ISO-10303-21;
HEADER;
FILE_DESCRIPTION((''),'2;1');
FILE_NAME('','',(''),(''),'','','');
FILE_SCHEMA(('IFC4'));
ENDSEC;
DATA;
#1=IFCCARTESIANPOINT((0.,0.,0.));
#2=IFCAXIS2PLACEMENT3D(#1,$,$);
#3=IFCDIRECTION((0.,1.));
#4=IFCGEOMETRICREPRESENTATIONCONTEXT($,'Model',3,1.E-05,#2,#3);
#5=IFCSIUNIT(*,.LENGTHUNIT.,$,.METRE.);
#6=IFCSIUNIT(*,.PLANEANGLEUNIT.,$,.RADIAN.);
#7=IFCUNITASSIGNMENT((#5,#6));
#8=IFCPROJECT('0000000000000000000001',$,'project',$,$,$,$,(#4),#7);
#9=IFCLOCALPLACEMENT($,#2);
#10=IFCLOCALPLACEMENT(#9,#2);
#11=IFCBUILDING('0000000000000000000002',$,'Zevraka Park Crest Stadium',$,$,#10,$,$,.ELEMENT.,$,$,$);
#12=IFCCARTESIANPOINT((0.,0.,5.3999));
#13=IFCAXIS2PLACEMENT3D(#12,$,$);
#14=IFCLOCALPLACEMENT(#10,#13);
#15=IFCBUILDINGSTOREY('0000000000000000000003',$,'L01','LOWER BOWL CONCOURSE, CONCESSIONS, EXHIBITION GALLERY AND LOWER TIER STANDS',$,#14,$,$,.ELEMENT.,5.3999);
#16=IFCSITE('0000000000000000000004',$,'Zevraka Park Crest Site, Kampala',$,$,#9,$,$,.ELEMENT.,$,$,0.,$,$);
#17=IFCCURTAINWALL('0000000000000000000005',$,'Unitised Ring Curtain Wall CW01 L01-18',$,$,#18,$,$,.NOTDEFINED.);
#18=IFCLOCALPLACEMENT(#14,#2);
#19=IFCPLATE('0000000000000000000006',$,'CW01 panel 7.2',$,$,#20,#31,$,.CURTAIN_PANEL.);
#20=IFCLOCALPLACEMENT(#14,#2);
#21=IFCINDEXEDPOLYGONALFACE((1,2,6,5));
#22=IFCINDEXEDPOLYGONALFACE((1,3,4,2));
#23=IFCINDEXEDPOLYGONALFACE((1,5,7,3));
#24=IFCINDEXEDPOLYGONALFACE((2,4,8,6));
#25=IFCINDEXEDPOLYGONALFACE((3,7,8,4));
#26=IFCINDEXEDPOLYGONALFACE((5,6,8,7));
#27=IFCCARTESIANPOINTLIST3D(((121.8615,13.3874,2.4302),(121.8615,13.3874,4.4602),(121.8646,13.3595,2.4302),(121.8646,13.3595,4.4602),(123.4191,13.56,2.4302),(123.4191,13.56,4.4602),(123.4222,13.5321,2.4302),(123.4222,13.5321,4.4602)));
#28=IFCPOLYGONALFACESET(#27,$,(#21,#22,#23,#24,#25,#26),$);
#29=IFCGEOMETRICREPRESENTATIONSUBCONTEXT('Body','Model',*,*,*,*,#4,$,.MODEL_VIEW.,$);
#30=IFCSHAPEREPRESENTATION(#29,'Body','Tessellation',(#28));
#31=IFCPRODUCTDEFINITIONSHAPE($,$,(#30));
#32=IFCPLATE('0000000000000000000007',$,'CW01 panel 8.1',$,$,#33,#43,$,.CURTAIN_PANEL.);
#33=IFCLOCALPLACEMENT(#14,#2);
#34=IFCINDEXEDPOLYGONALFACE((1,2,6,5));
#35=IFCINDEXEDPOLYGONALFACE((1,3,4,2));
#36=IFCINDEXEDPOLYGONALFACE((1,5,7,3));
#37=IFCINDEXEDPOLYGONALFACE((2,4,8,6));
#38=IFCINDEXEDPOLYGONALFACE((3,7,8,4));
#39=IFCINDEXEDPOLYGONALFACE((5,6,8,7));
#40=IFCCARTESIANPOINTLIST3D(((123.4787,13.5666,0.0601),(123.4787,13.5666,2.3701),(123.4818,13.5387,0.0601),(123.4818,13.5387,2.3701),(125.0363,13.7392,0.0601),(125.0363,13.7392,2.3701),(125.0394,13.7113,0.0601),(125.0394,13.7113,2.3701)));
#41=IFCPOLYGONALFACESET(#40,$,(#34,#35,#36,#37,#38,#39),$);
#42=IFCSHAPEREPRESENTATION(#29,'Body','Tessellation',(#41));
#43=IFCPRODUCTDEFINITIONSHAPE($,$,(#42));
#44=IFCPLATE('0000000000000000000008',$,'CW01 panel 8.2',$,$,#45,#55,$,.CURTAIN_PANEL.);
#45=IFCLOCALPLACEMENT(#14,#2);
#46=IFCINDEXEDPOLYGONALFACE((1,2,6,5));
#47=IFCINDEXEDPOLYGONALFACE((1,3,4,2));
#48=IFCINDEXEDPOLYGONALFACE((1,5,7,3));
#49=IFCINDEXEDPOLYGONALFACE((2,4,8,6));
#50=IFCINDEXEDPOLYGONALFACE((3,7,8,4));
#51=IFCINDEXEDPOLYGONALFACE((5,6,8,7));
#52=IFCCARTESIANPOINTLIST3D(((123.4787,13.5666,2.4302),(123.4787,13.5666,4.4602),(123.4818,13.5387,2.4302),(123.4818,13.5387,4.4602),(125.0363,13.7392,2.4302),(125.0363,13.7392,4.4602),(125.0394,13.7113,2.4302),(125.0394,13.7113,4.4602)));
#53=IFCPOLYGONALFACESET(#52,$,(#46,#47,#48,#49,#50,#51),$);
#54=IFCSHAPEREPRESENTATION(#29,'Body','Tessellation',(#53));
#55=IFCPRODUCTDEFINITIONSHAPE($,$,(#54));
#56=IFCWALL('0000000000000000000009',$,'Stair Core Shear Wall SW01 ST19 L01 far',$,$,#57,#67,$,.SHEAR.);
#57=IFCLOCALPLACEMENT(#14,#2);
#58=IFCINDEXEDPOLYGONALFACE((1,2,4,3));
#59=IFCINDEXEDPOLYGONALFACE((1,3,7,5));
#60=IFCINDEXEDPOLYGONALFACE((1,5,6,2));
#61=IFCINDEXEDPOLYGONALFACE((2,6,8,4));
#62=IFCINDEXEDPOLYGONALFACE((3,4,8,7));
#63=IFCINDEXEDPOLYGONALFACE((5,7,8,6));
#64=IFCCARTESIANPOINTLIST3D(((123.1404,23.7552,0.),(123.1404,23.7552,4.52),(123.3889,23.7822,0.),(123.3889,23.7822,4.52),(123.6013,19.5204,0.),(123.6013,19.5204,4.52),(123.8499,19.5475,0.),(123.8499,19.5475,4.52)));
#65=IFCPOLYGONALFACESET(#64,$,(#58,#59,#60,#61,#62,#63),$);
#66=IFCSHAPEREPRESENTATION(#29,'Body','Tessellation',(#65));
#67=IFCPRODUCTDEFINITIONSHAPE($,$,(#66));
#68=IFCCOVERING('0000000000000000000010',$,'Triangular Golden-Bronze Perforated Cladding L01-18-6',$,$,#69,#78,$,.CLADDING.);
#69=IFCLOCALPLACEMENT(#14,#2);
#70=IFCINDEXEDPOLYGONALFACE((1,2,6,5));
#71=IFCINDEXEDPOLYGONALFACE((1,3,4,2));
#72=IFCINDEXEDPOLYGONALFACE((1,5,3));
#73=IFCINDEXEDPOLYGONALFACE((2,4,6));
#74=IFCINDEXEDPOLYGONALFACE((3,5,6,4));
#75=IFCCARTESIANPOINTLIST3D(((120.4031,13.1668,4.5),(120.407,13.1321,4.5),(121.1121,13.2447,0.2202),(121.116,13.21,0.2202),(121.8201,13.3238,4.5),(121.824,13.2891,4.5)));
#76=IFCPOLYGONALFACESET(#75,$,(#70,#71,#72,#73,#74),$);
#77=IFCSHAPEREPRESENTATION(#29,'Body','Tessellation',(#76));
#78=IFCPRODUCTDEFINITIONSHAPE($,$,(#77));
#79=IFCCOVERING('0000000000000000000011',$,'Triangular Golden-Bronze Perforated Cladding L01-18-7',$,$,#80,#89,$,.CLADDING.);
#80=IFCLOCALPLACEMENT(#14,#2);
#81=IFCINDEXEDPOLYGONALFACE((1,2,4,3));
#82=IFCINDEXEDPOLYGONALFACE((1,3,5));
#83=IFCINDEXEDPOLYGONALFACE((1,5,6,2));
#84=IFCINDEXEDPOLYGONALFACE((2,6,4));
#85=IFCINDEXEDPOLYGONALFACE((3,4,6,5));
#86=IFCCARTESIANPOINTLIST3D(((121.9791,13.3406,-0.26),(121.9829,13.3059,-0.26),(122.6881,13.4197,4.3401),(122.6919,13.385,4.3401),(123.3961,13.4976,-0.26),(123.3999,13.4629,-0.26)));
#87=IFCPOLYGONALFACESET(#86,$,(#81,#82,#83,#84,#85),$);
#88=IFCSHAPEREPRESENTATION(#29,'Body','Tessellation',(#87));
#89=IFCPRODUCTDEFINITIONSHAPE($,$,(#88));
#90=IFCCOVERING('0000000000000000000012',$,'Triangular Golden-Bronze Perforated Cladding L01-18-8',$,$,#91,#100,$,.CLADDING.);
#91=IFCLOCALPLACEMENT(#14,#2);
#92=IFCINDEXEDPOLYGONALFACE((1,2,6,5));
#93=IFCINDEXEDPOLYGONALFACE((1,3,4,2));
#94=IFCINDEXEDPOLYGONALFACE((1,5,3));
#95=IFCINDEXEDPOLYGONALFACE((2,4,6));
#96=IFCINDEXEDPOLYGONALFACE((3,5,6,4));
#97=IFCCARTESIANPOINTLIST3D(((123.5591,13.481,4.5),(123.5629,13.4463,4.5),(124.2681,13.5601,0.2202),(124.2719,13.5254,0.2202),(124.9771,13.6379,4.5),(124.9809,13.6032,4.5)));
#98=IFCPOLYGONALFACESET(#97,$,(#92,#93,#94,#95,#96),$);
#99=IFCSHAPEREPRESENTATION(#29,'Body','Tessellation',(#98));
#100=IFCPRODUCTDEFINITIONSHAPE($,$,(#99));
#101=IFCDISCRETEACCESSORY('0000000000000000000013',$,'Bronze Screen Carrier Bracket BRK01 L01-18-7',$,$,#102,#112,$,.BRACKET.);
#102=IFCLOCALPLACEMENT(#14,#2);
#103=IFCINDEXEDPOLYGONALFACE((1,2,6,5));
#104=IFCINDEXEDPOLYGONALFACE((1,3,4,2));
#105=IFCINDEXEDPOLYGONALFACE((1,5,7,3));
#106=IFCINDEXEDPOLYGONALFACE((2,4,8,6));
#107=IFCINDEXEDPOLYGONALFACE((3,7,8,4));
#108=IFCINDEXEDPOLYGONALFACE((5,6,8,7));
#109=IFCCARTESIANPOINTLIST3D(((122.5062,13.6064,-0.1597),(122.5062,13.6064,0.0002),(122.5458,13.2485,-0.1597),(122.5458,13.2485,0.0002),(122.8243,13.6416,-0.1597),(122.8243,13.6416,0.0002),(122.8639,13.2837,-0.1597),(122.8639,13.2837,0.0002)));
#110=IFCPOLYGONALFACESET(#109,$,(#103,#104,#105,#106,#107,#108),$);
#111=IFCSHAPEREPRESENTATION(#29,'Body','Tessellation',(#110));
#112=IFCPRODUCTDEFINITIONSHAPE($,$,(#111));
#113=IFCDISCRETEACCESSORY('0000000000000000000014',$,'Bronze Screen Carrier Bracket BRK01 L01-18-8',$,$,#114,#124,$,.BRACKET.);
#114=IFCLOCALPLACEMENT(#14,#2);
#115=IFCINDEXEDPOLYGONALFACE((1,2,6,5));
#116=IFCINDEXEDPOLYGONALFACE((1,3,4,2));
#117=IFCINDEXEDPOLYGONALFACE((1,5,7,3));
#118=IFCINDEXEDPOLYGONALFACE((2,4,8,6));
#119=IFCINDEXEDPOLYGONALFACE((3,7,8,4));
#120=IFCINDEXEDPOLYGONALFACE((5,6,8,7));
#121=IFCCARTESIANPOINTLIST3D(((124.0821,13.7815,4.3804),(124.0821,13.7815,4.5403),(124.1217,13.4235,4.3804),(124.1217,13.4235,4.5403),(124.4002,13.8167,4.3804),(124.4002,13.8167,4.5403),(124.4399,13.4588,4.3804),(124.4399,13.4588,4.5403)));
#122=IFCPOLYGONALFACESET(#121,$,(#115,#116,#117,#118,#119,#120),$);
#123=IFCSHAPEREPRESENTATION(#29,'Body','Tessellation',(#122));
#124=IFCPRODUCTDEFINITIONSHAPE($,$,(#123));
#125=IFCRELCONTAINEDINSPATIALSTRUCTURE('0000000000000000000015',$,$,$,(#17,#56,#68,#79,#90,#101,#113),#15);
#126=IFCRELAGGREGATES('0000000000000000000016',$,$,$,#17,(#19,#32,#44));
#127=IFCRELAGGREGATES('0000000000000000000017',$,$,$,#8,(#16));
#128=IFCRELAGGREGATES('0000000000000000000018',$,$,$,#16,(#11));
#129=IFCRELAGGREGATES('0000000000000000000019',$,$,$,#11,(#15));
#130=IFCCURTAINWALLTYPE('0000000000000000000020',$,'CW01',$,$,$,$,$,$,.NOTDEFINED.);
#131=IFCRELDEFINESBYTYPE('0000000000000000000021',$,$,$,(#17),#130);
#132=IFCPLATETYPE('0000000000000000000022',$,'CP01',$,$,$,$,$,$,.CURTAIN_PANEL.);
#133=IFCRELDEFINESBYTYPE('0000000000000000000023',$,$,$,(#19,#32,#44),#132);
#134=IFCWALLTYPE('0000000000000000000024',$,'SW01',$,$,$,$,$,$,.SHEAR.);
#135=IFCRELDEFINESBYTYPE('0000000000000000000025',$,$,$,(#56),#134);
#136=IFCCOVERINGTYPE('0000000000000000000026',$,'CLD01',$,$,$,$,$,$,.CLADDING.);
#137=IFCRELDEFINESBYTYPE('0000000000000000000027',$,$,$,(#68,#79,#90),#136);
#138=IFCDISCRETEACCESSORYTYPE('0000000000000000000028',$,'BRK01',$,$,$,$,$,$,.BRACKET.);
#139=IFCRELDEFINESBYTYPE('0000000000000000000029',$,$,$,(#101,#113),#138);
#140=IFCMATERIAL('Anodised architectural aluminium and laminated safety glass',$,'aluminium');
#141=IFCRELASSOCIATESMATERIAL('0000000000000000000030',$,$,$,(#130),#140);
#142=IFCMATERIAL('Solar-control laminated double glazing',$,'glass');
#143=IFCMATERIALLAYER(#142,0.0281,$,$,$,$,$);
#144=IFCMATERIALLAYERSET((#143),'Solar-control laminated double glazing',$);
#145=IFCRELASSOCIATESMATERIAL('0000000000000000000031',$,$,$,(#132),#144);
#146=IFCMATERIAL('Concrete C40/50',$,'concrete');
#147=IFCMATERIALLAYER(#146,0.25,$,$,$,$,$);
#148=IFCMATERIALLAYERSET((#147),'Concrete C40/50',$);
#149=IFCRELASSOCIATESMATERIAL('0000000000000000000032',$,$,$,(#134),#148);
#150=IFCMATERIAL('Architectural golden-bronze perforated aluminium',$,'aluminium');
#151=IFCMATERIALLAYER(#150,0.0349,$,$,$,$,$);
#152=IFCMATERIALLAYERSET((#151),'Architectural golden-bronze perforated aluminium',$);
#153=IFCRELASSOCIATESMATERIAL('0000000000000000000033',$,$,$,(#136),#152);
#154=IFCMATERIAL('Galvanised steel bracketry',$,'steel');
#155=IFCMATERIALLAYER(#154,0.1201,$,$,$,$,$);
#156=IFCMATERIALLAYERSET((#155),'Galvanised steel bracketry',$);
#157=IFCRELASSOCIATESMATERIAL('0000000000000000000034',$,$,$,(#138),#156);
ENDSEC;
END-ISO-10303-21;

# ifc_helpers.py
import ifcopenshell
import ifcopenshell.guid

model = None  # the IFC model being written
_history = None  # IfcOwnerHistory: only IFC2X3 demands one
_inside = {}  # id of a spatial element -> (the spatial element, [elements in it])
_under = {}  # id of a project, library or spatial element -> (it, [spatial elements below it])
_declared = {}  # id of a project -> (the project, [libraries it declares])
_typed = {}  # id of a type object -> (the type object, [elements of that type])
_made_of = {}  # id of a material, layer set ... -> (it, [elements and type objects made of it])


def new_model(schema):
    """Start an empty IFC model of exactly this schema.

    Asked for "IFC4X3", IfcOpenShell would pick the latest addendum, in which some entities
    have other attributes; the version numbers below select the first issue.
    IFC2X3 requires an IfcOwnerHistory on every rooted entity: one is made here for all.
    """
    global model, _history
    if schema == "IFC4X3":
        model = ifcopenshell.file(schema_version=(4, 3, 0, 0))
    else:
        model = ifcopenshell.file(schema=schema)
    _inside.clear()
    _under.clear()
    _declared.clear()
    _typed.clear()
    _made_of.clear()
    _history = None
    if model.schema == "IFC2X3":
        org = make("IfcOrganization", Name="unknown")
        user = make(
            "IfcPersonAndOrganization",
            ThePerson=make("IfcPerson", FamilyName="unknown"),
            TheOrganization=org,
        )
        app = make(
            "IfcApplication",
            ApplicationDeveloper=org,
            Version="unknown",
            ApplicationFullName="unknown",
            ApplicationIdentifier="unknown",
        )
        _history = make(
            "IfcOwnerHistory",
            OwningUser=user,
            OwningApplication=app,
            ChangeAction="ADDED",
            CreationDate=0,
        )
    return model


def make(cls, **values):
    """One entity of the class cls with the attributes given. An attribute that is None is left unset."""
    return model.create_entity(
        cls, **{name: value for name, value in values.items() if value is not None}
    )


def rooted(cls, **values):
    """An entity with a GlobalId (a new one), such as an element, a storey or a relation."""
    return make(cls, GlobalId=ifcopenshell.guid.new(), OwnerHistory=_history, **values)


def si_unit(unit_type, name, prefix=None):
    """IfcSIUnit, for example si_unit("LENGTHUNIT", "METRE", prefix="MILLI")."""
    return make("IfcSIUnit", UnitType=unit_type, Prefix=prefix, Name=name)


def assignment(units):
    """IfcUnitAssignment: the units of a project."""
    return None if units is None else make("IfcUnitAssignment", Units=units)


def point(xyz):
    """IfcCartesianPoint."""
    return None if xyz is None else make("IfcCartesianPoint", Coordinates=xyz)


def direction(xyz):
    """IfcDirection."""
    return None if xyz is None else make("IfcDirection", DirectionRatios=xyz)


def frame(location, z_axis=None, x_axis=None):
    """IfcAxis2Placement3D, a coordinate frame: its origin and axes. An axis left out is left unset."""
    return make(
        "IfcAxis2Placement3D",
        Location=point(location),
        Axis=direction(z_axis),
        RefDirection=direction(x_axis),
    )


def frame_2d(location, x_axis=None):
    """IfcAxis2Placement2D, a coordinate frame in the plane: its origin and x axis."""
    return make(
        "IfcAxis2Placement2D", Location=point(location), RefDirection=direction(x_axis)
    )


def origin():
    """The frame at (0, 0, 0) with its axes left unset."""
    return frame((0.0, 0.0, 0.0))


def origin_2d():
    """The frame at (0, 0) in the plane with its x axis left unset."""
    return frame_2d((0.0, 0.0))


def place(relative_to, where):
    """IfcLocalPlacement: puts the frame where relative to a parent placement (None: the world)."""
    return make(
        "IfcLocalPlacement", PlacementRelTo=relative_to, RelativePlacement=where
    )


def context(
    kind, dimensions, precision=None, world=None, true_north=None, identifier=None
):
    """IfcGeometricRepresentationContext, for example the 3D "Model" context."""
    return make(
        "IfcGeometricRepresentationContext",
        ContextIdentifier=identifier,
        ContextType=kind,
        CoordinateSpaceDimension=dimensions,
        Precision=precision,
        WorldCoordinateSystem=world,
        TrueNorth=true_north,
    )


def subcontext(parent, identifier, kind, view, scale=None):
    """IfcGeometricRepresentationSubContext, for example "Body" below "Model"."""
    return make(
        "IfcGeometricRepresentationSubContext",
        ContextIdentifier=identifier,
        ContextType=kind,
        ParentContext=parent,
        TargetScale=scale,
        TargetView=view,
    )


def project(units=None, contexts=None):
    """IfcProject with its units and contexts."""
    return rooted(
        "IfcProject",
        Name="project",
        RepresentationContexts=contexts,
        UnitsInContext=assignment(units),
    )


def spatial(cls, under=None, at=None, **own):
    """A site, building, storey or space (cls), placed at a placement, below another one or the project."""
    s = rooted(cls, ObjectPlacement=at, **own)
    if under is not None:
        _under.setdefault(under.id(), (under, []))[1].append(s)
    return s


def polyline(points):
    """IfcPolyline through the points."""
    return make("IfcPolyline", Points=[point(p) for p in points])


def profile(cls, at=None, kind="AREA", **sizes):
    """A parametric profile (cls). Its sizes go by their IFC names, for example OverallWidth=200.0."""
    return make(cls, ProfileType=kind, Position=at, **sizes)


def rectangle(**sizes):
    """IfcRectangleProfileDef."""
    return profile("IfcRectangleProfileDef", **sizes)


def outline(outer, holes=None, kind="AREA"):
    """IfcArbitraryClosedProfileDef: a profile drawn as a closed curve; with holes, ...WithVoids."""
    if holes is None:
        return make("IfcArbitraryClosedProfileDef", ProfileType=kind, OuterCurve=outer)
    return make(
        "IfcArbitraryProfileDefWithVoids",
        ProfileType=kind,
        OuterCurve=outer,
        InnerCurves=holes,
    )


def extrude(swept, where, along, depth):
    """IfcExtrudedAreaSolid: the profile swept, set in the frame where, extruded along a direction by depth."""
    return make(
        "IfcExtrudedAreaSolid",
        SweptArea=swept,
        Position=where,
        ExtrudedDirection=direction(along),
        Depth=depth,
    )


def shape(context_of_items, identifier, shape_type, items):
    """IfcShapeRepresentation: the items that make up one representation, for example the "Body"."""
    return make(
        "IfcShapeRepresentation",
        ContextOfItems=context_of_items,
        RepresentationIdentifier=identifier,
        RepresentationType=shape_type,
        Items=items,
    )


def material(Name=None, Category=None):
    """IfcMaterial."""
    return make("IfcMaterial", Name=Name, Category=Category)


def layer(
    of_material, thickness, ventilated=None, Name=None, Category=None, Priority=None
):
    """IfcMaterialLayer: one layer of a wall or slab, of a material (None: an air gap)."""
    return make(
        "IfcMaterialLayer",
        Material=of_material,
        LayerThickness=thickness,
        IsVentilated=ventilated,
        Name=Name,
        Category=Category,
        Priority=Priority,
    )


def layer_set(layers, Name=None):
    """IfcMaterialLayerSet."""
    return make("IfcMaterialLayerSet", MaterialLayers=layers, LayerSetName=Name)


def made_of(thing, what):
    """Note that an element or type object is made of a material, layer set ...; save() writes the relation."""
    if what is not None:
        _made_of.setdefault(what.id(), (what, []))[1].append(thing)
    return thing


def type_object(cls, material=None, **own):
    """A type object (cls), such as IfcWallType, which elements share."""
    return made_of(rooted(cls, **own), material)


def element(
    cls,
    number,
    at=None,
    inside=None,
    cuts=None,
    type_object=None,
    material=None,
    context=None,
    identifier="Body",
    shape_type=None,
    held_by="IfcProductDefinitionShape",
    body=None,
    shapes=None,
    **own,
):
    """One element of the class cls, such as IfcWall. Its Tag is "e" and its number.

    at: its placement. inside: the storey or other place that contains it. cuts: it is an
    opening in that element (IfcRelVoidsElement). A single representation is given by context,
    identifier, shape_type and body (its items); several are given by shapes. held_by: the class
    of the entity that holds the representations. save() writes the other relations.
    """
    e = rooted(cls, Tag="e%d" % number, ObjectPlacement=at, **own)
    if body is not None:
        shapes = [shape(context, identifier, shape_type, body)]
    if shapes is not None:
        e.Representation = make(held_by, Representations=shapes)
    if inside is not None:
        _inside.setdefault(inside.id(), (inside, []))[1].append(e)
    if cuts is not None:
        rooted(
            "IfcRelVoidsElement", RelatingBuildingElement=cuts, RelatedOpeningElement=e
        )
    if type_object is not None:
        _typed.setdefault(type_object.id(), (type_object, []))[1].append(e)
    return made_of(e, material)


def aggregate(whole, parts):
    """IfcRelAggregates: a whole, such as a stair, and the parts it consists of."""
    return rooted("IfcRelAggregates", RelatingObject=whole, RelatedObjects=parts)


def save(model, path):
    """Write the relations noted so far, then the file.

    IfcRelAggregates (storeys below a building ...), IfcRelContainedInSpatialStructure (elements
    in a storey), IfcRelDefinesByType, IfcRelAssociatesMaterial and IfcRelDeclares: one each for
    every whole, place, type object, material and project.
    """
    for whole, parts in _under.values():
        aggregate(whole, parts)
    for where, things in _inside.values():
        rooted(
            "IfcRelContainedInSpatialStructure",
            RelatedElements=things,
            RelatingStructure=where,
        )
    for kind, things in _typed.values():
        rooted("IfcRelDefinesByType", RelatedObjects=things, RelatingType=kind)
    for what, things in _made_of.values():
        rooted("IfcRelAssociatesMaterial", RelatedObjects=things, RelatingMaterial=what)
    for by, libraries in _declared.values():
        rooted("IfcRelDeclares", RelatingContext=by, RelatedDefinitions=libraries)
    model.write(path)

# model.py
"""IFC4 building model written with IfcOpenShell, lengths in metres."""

from ifc_helpers import new_model, si_unit, direction, frame, frame_2d, origin, origin_2d, place, context, subcontext, project, spatial, polyline, rectangle, outline, extrude, material, layer, layer_set, type_object, element, aggregate, save


model = new_model("IFC4")

# Units and contexts
model_context = context("Model", 3, precision=1e-05, world=origin(), true_north=direction((0.0, 1.0)))
body_context = subcontext(model_context, "Body", "Model", "MODEL_VIEW")
ifc_project = project(units=[si_unit("LENGTHUNIT", "METRE"), si_unit("PLANEANGLEUNIT", "RADIAN")], contexts=[model_context])

# Site, building, storey
site_placement = place(None, origin())
site = spatial("IfcSite", under=ifc_project, at=site_placement, Name="Zevraka Park Crest Site, Kampala", CompositionType="ELEMENT", RefElevation=0.0)
building_placement = place(site_placement, origin())
building = spatial("IfcBuilding", under=site, at=building_placement, Name="Zevraka Park Crest Stadium", CompositionType="ELEMENT")
storey_placement = place(building_placement, frame((0.0, 0.0, 5.3999)))
storey = spatial("IfcBuildingStorey", under=building, at=storey_placement, Name="L01", Description="LOWER BOWL CONCOURSE, CONCESSIONS, EXHIBITION GALLERY AND LOWER TIER STANDS", CompositionType="ELEMENT", Elevation=5.3999)

# Curtain wall
ifc_material_1 = material(Name="Anodised architectural aluminium and laminated safety glass", Category="aluminium")
curtain_wall_type = type_object("IfcCurtainWallType", Name="CW01", PredefinedType="NOTDEFINED", material=ifc_material_1)
curtain_wall_placement = place(storey_placement, origin())
curtain_wall = element("IfcCurtainWall", 1, at=curtain_wall_placement, inside=storey, type_object=curtain_wall_type, Name="Unitised Ring Curtain Wall CW01 L01-18", PredefinedType="NOTDEFINED")

# Plates
ifc_material_2 = material(Name="Solar-control laminated double glazing", Category="glass")
ifc_layer_1 = layer(ifc_material_2, 0.0281)
ifc_layer_set_1 = layer_set([ifc_layer_1], Name="Solar-control laminated double glazing")
plate_type = type_object("IfcPlateType", Name="CP01", PredefinedType="CURTAIN_PANEL", material=ifc_layer_set_1)
plate_1_placement = place(storey_placement, frame((122.6418, 13.4597, 2.4302), z_axis=(0.0, 0.0, 1.0), x_axis=(0.993917, 0.110135, 0.0)))
plate_1 = element("IfcPlate", 2, at=plate_1_placement, type_object=plate_type, Name="CW01 panel 7.2", PredefinedType="CURTAIN_PANEL", context=body_context, shape_type="SweptSolid", body=[
    extrude(rectangle(XDim=1.5671, YDim=0.0281, at=origin_2d()), origin(), (0.0, 0.0, 1.0), 2.03),
])
plate_2_placement = place(storey_placement, frame((124.259, 13.6389, 0.0601), z_axis=(0.0, 0.0, 1.0), x_axis=(0.993917, 0.110135, 0.0)))
plate_2 = element("IfcPlate", 3, at=plate_2_placement, type_object=plate_type, Name="CW01 panel 8.1", PredefinedType="CURTAIN_PANEL", context=body_context, shape_type="SweptSolid", body=[
    extrude(rectangle(XDim=1.5671, YDim=0.0281, at=origin_2d()), origin(), (0.0, 0.0, 1.0), 2.3101),
])
plate_3_placement = place(storey_placement, frame((124.259, 13.6389, 2.4302), z_axis=(0.0, 0.0, 1.0), x_axis=(0.993917, 0.110135, 0.0)))
plate_3 = element("IfcPlate", 4, at=plate_3_placement, type_object=plate_type, Name="CW01 panel 8.2", PredefinedType="CURTAIN_PANEL", context=body_context, shape_type="SweptSolid", body=[
    extrude(rectangle(XDim=1.5671, YDim=0.0281, at=origin_2d()), origin(), (0.0, 0.0, 1.0), 2.03),
])
aggregate(curtain_wall, [plate_1, plate_2, plate_3])

# Wall
ifc_material_3 = material(Name="Concrete C40/50", Category="concrete")
ifc_layer_2 = layer(ifc_material_3, 0.25)
ifc_layer_set_2 = layer_set([ifc_layer_2], Name="Concrete C40/50")
wall_type = type_object("IfcWallType", Name="SW01", PredefinedType="SHEAR", material=ifc_layer_set_2)
wall_placement = place(storey_placement, frame((123.7256, 19.5339, 0.0), z_axis=(0.0, 0.0, 1.0), x_axis=(-0.108204, 0.994129, 0.0)))
element("IfcWall", 5, at=wall_placement, inside=storey, type_object=wall_type, Name="Stair Core Shear Wall SW01 ST19 L01 far", PredefinedType="SHEAR", context=body_context, shape_type="SweptSolid", body=[
    extrude(rectangle(XDim=4.2598, YDim=0.25, at=frame_2d((2.1299, 0.0))), origin(), (0.0, 0.0, 1.0), 4.52),
])

# Coverings
ifc_material_4 = material(Name="Architectural golden-bronze perforated aluminium", Category="aluminium")
ifc_layer_3 = layer(ifc_material_4, 0.0349)
ifc_layer_set_3 = layer_set([ifc_layer_3], Name="Architectural golden-bronze perforated aluminium")
covering_type = type_object("IfcCoveringType", Name="CLD01", PredefinedType="CLADDING", material=ifc_layer_set_3)
covering_1_placement = place(storey_placement, frame((121.824, 13.2891, 4.5), z_axis=(0.110112, -0.993919, 0.000154), x_axis=(-0.993919, -0.110112, 0.0)))
element("IfcCovering", 6, at=covering_1_placement, inside=storey, type_object=covering_type, Name="Triangular Golden-Bronze Perforated Cladding L01-18-6", PredefinedType="CLADDING", context=body_context, shape_type="SweptSolid", body=[
    extrude(outline(polyline([(0.0, 0.0), (1.4257, 0.0), (0.7124, 4.2798), (0.0, 0.0)])), origin(), (0.0, 0.0, -1.0), 0.0349),
])
covering_2_placement = place(storey_placement, frame((121.9829, 13.3059, -0.26), z_axis=(0.110112, -0.993919, 0.00012), x_axis=(0.993919, 0.110112, 0.0)))
element("IfcCovering", 7, at=covering_2_placement, inside=storey, type_object=covering_type, Name="Triangular Golden-Bronze Perforated Cladding L01-18-7", PredefinedType="CLADDING", context=body_context, shape_type="SweptSolid", body=[
    extrude(outline(polyline([(0.0, 0.0), (1.4257, 0.0), (0.7134, 4.6001), (0.0, 0.0)])), origin(), (0.0, 0.0, -1.0), 0.0349),
])
covering_3_placement = place(storey_placement, frame((124.9771, 13.6379, 4.5), z_axis=(-0.110037, 0.993927, 0.000142), x_axis=(-0.993927, -0.110037, 0.0)))
element("IfcCovering", 8, at=covering_3_placement, inside=storey, type_object=covering_type, Name="Triangular Golden-Bronze Perforated Cladding L01-18-8", PredefinedType="CLADDING", context=body_context, shape_type="SweptSolid", body=[
    extrude(outline(polyline([(0.0, 0.0), (1.4266, 0.0), (0.7132, -4.2798), (0.0, 0.0)])), origin(), (0.0, 0.0, -1.0), 0.0349),
])

# Discrete accessories
ifc_material_5 = material(Name="Galvanised steel bracketry", Category="steel")
ifc_layer_4 = layer(ifc_material_5, 0.1201)
ifc_layer_set_4 = layer_set([ifc_layer_4], Name="Galvanised steel bracketry")
discrete_accessory_type = type_object("IfcDiscreteAccessoryType", Name="BRK01", PredefinedType="BRACKET", material=ifc_layer_set_4)
for number, where, z_axis, x_axis, name in (
    (9, (122.6851, 13.4451, -0.1597), (0.0, 0.0, 1.0), (0.993923, 0.110081, 0.0), "Bronze Screen Carrier Bracket BRK01 L01-18-7"),
    (10, (124.261, 13.6201, 4.3804), (0.0, 0.0, 1.0), (0.993923, 0.110081, 0.0), "Bronze Screen Carrier Bracket BRK01 L01-18-8"),
):
    element("IfcDiscreteAccessory", number, at=place(storey_placement, frame(where, z_axis=z_axis, x_axis=x_axis)), inside=storey, type_object=discrete_accessory_type, Name=name, PredefinedType="BRACKET", context=body_context, shape_type="SweptSolid", body=[
        extrude(rectangle(XDim=0.3201, YDim=0.3601, at=origin_2d()), origin(), (0.0, 0.0, 1.0), 0.1599),
    ])

save(model, "model.ifc")
